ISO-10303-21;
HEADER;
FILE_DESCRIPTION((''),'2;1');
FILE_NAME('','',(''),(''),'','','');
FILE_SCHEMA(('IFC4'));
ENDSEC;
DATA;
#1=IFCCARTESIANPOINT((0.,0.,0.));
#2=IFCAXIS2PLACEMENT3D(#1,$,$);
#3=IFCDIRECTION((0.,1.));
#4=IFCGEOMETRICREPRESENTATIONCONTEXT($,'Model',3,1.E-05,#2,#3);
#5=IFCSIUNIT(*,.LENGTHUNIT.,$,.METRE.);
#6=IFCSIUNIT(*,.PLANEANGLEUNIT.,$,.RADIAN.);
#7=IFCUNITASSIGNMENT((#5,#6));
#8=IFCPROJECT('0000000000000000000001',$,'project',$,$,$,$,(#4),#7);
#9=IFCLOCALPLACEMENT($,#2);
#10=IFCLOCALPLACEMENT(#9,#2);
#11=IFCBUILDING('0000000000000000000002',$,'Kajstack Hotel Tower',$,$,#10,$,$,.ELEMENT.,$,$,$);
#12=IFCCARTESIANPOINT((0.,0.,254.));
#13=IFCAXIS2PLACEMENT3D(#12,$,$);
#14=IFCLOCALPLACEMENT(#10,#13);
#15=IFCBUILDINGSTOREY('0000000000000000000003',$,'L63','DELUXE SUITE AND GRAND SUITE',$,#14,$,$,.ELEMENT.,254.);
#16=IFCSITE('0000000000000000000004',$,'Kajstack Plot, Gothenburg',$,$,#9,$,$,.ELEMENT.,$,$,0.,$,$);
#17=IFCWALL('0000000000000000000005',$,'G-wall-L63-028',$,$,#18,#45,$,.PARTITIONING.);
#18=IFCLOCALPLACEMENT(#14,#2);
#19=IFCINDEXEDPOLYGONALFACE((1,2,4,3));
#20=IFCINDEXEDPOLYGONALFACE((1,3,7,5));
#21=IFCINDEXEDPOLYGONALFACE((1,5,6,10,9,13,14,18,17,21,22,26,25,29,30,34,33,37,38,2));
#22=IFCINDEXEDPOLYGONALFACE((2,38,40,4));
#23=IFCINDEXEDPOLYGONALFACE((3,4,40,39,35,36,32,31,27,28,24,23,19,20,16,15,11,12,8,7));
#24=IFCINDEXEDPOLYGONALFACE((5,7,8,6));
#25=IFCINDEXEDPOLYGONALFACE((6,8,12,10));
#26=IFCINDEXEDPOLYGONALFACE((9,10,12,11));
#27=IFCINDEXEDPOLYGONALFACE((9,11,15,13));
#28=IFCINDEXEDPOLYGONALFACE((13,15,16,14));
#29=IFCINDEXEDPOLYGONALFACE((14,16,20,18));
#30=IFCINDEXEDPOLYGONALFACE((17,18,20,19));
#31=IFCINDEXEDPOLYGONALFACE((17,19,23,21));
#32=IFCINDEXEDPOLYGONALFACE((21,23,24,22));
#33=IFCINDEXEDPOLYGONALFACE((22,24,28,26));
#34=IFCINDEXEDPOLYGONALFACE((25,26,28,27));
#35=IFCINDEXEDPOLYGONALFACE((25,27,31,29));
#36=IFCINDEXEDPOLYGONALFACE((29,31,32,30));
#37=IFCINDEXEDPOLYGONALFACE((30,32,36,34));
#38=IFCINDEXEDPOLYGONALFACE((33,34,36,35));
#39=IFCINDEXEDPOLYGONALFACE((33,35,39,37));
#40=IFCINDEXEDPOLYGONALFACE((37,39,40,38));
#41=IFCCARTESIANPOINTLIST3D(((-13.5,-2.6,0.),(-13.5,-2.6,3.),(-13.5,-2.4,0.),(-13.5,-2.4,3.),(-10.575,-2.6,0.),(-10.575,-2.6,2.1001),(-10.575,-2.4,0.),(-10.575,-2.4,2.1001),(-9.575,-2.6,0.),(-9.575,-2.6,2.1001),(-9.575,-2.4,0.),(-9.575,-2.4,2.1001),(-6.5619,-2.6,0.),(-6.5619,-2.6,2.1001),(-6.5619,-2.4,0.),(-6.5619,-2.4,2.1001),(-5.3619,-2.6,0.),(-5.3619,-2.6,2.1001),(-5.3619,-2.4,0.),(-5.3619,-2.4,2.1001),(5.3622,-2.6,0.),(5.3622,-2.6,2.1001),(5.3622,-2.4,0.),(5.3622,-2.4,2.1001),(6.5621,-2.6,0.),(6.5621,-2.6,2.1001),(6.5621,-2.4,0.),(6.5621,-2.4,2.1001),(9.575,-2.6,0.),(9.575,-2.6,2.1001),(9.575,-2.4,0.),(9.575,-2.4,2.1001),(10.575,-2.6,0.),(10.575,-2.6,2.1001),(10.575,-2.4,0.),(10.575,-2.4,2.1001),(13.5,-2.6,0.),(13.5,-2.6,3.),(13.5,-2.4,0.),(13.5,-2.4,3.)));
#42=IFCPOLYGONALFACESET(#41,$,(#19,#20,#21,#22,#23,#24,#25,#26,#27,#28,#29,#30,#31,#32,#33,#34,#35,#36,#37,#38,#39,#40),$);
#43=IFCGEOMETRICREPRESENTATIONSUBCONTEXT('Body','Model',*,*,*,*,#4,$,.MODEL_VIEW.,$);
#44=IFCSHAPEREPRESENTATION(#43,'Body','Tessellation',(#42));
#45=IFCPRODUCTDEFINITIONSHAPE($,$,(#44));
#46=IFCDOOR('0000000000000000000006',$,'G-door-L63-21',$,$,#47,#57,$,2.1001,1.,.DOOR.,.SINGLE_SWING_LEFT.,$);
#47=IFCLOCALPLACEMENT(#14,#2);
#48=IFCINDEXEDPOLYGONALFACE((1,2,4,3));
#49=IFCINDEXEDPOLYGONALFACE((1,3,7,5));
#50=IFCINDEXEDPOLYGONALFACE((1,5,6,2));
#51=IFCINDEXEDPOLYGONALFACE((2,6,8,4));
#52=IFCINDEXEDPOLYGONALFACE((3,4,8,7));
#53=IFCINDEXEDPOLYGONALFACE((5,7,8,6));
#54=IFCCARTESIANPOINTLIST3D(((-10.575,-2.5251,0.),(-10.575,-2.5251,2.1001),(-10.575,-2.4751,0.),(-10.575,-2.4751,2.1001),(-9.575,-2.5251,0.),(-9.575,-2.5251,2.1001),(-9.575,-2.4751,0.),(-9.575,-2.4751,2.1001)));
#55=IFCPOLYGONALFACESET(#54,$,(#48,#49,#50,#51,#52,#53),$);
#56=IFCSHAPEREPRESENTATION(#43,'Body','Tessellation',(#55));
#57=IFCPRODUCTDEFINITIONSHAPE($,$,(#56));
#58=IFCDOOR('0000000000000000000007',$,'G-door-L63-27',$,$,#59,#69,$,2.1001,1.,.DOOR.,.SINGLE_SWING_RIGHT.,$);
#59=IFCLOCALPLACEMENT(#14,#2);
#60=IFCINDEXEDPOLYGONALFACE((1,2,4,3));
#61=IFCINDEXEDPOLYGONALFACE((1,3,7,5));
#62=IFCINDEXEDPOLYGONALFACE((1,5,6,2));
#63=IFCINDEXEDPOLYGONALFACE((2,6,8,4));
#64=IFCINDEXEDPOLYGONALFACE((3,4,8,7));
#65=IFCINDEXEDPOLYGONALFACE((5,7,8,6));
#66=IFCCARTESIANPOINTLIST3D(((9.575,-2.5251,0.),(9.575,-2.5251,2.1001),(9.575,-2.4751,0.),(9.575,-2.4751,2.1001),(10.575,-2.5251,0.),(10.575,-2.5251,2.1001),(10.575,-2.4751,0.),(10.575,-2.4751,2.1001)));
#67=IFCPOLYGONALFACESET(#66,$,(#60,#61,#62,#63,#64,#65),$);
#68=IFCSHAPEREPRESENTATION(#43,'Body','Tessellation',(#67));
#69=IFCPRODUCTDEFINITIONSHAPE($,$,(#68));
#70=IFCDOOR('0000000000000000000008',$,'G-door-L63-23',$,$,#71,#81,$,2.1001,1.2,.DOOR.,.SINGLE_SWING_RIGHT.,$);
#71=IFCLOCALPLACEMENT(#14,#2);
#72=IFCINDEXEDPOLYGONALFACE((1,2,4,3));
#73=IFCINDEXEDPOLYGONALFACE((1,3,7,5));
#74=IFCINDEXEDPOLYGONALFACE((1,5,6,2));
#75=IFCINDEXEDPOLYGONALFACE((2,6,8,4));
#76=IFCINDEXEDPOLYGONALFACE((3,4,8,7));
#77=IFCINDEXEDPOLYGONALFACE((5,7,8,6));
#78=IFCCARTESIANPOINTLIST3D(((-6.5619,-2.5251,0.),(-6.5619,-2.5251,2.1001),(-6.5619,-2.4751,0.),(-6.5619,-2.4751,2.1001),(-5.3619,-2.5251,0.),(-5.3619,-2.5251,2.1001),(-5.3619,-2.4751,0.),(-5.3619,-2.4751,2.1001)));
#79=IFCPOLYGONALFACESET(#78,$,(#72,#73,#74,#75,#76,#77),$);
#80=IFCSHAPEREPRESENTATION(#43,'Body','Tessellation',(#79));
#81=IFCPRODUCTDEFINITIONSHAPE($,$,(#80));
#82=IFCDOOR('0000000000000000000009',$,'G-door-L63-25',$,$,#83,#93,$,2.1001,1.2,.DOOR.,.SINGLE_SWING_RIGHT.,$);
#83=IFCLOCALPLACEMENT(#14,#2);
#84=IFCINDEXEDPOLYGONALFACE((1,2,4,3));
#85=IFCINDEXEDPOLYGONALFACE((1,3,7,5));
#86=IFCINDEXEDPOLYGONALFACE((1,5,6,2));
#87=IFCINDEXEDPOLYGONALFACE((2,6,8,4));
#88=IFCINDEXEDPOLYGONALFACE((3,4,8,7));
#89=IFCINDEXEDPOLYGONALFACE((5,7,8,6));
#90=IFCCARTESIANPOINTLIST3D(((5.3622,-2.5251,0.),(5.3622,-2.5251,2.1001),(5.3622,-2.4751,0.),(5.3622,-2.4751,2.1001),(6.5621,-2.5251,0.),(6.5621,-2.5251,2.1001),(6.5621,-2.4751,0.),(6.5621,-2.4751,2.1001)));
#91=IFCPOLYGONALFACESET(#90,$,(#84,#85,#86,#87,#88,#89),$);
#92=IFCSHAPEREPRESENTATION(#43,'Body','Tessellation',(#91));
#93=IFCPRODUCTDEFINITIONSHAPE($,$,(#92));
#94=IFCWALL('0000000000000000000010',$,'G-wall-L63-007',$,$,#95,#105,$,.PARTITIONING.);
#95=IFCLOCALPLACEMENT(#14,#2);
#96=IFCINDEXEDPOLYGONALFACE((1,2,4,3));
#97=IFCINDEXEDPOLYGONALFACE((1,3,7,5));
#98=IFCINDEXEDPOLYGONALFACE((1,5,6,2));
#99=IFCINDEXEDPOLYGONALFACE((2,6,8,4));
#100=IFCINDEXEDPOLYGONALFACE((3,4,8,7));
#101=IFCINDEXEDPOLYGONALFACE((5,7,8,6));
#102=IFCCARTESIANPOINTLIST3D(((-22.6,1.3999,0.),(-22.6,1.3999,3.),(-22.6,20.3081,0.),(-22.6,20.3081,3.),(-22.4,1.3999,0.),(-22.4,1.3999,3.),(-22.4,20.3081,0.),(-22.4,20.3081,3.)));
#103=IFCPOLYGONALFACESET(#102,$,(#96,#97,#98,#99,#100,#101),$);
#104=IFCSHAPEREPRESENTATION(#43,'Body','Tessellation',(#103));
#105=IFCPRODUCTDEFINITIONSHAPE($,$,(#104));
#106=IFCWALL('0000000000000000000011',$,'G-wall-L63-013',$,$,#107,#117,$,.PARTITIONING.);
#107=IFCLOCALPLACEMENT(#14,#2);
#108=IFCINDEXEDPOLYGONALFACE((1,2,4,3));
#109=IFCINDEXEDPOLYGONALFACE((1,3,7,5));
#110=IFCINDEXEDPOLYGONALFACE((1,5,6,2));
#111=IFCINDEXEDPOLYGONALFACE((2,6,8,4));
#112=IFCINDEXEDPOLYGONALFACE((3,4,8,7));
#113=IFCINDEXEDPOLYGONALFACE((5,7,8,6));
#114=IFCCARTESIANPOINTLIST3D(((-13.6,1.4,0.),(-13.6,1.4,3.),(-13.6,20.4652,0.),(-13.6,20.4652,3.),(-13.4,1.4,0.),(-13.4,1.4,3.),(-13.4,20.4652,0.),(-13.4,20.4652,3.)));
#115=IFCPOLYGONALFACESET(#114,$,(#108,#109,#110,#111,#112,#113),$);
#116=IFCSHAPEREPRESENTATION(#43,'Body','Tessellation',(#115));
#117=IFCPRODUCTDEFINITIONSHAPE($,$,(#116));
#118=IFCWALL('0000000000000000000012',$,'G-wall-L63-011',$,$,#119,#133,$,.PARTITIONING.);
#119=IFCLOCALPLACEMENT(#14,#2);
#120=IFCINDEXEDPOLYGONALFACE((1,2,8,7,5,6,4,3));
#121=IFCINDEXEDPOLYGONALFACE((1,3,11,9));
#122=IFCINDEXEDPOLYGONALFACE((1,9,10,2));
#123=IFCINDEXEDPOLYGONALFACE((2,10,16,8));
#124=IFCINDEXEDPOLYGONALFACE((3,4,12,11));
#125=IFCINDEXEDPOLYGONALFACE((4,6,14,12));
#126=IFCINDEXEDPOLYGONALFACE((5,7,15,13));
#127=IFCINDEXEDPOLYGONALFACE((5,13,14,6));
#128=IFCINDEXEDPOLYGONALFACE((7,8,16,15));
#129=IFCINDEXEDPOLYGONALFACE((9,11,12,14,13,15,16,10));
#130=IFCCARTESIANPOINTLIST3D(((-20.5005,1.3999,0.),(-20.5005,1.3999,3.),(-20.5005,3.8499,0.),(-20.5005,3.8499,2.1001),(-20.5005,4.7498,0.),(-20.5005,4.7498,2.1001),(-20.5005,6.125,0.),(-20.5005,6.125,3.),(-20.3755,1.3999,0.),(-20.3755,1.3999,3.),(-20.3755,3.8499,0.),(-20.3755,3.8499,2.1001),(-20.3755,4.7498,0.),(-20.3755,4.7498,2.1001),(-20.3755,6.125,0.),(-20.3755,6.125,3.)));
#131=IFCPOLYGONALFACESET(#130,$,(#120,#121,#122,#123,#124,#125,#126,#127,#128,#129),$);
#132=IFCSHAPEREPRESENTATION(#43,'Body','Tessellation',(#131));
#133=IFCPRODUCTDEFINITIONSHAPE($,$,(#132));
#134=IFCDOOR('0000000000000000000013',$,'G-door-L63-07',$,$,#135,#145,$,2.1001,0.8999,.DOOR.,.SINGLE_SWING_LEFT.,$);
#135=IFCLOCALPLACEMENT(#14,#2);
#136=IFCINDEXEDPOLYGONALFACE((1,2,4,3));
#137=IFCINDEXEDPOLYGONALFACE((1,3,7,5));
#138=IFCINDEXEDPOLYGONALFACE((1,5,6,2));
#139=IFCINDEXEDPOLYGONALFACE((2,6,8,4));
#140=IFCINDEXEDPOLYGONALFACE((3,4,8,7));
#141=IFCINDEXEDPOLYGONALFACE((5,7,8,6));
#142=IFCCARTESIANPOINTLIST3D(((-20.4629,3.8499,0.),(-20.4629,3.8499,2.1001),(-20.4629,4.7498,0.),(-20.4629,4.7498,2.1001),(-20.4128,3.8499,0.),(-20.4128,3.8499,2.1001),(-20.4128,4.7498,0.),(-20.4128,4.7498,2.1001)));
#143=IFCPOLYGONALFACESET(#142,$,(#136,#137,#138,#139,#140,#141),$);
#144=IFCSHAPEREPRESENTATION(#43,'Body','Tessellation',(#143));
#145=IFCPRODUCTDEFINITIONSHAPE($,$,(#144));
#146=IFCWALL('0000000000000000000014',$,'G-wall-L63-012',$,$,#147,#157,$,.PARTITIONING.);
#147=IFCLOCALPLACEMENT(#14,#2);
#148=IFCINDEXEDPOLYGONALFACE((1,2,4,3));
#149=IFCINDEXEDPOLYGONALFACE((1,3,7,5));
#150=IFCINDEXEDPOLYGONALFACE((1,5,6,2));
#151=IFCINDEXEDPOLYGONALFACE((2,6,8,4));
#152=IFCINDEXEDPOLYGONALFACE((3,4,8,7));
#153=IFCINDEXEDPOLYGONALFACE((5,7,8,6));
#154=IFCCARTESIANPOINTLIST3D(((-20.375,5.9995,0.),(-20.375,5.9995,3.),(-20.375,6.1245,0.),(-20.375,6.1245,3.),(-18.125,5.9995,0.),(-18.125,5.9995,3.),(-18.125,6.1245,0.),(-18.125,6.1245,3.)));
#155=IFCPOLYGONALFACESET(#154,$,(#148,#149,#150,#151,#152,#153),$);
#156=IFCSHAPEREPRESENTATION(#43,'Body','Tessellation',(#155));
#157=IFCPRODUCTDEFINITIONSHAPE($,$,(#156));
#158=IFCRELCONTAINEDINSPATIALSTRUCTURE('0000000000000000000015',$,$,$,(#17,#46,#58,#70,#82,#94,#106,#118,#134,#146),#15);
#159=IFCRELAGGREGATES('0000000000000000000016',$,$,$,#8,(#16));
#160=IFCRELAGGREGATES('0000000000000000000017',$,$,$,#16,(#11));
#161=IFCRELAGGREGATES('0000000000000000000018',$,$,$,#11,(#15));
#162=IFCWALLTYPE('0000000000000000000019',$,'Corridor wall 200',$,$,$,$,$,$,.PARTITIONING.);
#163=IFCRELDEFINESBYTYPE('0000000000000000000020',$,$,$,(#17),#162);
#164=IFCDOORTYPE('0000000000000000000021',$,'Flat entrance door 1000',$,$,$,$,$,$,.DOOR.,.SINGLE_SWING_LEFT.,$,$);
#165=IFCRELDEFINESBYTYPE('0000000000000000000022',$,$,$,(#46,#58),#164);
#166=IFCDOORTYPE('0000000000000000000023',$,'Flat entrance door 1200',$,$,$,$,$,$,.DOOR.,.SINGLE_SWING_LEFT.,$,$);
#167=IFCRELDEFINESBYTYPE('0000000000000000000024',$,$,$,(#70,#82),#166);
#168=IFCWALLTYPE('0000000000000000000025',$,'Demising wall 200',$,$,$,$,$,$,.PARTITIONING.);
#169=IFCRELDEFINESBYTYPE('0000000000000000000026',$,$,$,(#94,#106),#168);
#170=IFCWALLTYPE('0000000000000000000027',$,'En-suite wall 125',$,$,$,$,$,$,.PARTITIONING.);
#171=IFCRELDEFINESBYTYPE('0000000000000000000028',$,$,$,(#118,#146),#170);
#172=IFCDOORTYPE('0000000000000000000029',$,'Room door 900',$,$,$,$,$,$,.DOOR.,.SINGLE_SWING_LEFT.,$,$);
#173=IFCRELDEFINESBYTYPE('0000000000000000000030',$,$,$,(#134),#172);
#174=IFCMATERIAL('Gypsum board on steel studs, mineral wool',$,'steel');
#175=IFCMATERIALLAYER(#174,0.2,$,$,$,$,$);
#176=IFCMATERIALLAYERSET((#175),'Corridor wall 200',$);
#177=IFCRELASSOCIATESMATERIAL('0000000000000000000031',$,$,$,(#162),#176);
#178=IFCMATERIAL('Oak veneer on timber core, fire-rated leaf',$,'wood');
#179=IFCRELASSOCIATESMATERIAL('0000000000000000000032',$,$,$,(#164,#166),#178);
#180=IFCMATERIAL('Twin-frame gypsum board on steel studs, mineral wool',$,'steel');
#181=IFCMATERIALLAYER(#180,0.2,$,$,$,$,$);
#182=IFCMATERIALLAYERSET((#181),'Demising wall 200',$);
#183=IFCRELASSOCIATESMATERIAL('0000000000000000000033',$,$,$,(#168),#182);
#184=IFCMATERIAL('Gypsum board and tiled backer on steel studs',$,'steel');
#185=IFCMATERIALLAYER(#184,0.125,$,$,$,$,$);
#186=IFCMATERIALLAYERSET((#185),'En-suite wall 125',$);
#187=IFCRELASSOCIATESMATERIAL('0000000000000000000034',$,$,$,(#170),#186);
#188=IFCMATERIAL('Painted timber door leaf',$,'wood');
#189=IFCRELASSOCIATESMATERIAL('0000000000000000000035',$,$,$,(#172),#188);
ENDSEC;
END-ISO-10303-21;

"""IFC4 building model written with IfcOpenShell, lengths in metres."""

from ifc_helpers import new_model, si_unit, direction, frame, frame_2d, origin, place, context, subcontext, project, spatial, rectangle, extrude, material, layer, layer_set, type_object, element, fill, save


model = new_model("IFC4")

# Units and contexts
model_context = context("Model", 3, precision=1e-05, world=origin(), true_north=direction((0.0, 1.0)))
body_context = subcontext(model_context, "Body", "Model", "MODEL_VIEW")
ifc_project = project(units=[si_unit("LENGTHUNIT", "METRE"), si_unit("PLANEANGLEUNIT", "RADIAN")], contexts=[model_context])

# Site, building, storey
site_placement = place(None, origin())
site = spatial("IfcSite", under=ifc_project, at=site_placement, Name="Kajstack Plot, Gothenburg", CompositionType="ELEMENT", RefElevation=0.0)
building_placement = place(site_placement, origin())
building = spatial("IfcBuilding", under=site, at=building_placement, Name="Kajstack Hotel Tower", CompositionType="ELEMENT")
storey_placement = place(building_placement, frame((0.0, 0.0, 254.0)))
storey = spatial("IfcBuildingStorey", under=building, at=storey_placement, Name="L63", Description="DELUXE SUITE AND GRAND SUITE", CompositionType="ELEMENT", Elevation=254.0)

# Wall, openings, doors
ifc_material_1 = material(Name="Gypsum board on steel studs, mineral wool", Category="steel")
ifc_layer_1 = layer(ifc_material_1, 0.2)
ifc_layer_set_1 = layer_set([ifc_layer_1], Name="Corridor wall 200")
wall_type_1 = type_object("IfcWallType", Name="Corridor wall 200", PredefinedType="PARTITIONING", material=ifc_layer_set_1)
ifc_material_2 = material(Name="Oak veneer on timber core, fire-rated leaf", Category="wood")
door_type_1 = type_object("IfcDoorType", Name="Flat entrance door 1000", OperationType="SINGLE_SWING_LEFT", PredefinedType="DOOR", material=ifc_material_2)
door_type_2 = type_object("IfcDoorType", Name="Flat entrance door 1200", OperationType="SINGLE_SWING_LEFT", PredefinedType="DOOR", material=ifc_material_2)
wall_1_placement = place(storey_placement, frame((-13.5, -2.5, 0.0), z_axis=(0.0, 0.0, 1.0), x_axis=(1.0, 0.0, 0.0)))
wall_1 = element("IfcWall", 1, at=wall_1_placement, inside=storey, type_object=wall_type_1, Name="G-wall-L63-028", PredefinedType="PARTITIONING", context=body_context, shape_type="SweptSolid", body=[
    extrude(rectangle(XDim=27.0, YDim=0.2, at=frame_2d((13.5, 0.0))), origin(), (0.0, 0.0, 1.0), 3.0),
])
opening_1_placement = place(wall_1_placement, frame((2.925, 0.0, 0.0)))
opening_1 = element("IfcOpeningElement", 2, at=opening_1_placement, cuts=wall_1, PredefinedType="OPENING", context=body_context, shape_type="SweptSolid", body=[
    extrude(rectangle(XDim=1.0, YDim=2.1001, at=frame_2d((0.5, 1.05))), frame((0.0, 0.1099, 0.0), z_axis=(0.0, -1.0, 0.0), x_axis=(1.0, 0.0, 0.0)), (0.0, 0.0, 1.0), 0.22),
])
opening_2_placement = place(wall_1_placement, frame((6.938, 0.0, 0.0)))
opening_2 = element("IfcOpeningElement", 3, at=opening_2_placement, cuts=wall_1, PredefinedType="OPENING", context=body_context, shape_type="SweptSolid", body=[
    extrude(rectangle(XDim=1.2, YDim=2.1001, at=frame_2d((0.6001, 1.05))), frame((0.0, 0.1099, 0.0), z_axis=(0.0, -1.0, 0.0), x_axis=(1.0, 0.0, 0.0)), (0.0, 0.0, 1.0), 0.22),
])
opening_3_placement = place(wall_1_placement, frame((18.8621, 0.0, 0.0)))
opening_3 = element("IfcOpeningElement", 4, at=opening_3_placement, cuts=wall_1, PredefinedType="OPENING", context=body_context, shape_type="SweptSolid", body=[
    extrude(rectangle(XDim=1.2, YDim=2.1001, at=frame_2d((0.6001, 1.05))), frame((0.0, 0.1099, 0.0), z_axis=(0.0, -1.0, 0.0), x_axis=(1.0, 0.0, 0.0)), (0.0, 0.0, 1.0), 0.22),
])
opening_4_placement = place(wall_1_placement, frame((23.075, 0.0, 0.0)))
opening_4 = element("IfcOpeningElement", 5, at=opening_4_placement, cuts=wall_1, PredefinedType="OPENING", context=body_context, shape_type="SweptSolid", body=[
    extrude(rectangle(XDim=1.0, YDim=2.1001, at=frame_2d((0.5, 1.05))), frame((0.0, 0.1099, 0.0), z_axis=(0.0, -1.0, 0.0), x_axis=(1.0, 0.0, 0.0)), (0.0, 0.0, 1.0), 0.22),
])
door_1_placement = place(opening_1_placement, origin())
door_1 = element("IfcDoor", 6, at=door_1_placement, inside=storey, type_object=door_type_1, Name="G-door-L63-21", OperationType="SINGLE_SWING_LEFT", OverallHeight=2.1001, OverallWidth=1.0, PredefinedType="DOOR", context=body_context, shape_type="SweptSolid", body=[
    extrude(rectangle(XDim=1.0, YDim=2.1001, at=frame_2d((0.5, 1.05))), frame((0.0, 0.0249, 0.0), z_axis=(0.0, -1.0, 0.0), x_axis=(1.0, 0.0, 0.0)), (0.0, 0.0, 1.0), 0.05),
])
fill(opening_1, door_1)
door_2_placement = place(opening_4_placement, origin())
door_2 = element("IfcDoor", 7, at=door_2_placement, inside=storey, type_object=door_type_1, Name="G-door-L63-27", OperationType="SINGLE_SWING_RIGHT", OverallHeight=2.1001, OverallWidth=1.0, PredefinedType="DOOR", context=body_context, shape_type="SweptSolid", body=[
    extrude(rectangle(XDim=1.0, YDim=2.1001, at=frame_2d((0.5, 1.05))), frame((0.0, 0.0249, 0.0), z_axis=(0.0, -1.0, 0.0), x_axis=(1.0, 0.0, 0.0)), (0.0, 0.0, 1.0), 0.05),
])
fill(opening_4, door_2)
door_3_placement = place(opening_2_placement, origin())
door_3 = element("IfcDoor", 8, at=door_3_placement, inside=storey, type_object=door_type_2, Name="G-door-L63-23", OperationType="SINGLE_SWING_RIGHT", OverallHeight=2.1001, OverallWidth=1.2, PredefinedType="DOOR", context=body_context, shape_type="SweptSolid", body=[
    extrude(rectangle(XDim=1.2, YDim=2.1001, at=frame_2d((0.6001, 1.05))), frame((0.0, 0.0249, 0.0), z_axis=(0.0, -1.0, 0.0), x_axis=(1.0, 0.0, 0.0)), (0.0, 0.0, 1.0), 0.05),
])
fill(opening_2, door_3)
door_4_placement = place(opening_3_placement, origin())
door_4 = element("IfcDoor", 9, at=door_4_placement, inside=storey, type_object=door_type_2, Name="G-door-L63-25", OperationType="SINGLE_SWING_RIGHT", OverallHeight=2.1001, OverallWidth=1.2, PredefinedType="DOOR", context=body_context, shape_type="SweptSolid", body=[
    extrude(rectangle(XDim=1.2, YDim=2.1001, at=frame_2d((0.6001, 1.05))), frame((0.0, 0.0249, 0.0), z_axis=(0.0, -1.0, 0.0), x_axis=(1.0, 0.0, 0.0)), (0.0, 0.0, 1.0), 0.05),
])
fill(opening_3, door_4)

# Walls
ifc_material_3 = material(Name="Twin-frame gypsum board on steel studs, mineral wool", Category="steel")
ifc_layer_2 = layer(ifc_material_3, 0.2)
ifc_layer_set_2 = layer_set([ifc_layer_2], Name="Demising wall 200")
wall_type_2 = type_object("IfcWallType", Name="Demising wall 200", PredefinedType="PARTITIONING", material=ifc_layer_set_2)
wall_2_placement = place(storey_placement, frame((-22.5, 1.3999, 0.0), z_axis=(0.0, 0.0, 1.0), x_axis=(0.0, 1.0, 0.0)))
element("IfcWall", 10, at=wall_2_placement, inside=storey, type_object=wall_type_2, Name="G-wall-L63-007", PredefinedType="PARTITIONING", context=body_context, shape_type="SweptSolid", body=[
    extrude(rectangle(XDim=18.9082, YDim=0.2, at=frame_2d((9.4541, 0.0))), origin(), (0.0, 0.0, 1.0), 3.0),
])
wall_3_placement = place(storey_placement, frame((-13.5, 1.3999, 0.0), z_axis=(0.0, 0.0, 1.0), x_axis=(0.0, 1.0, 0.0)))
element("IfcWall", 11, at=wall_3_placement, inside=storey, type_object=wall_type_2, Name="G-wall-L63-013", PredefinedType="PARTITIONING", context=body_context, shape_type="SweptSolid", body=[
    extrude(rectangle(XDim=19.0652, YDim=0.2, at=frame_2d((9.5327, 0.0))), origin(), (0.0, 0.0, 1.0), 3.0),
])

# Wall, opening, door
ifc_material_4 = material(Name="Gypsum board and tiled backer on steel studs", Category="steel")
ifc_layer_3 = layer(ifc_material_4, 0.125)
ifc_layer_set_3 = layer_set([ifc_layer_3], Name="En-suite wall 125")
wall_type_3 = type_object("IfcWallType", Name="En-suite wall 125", PredefinedType="PARTITIONING", material=ifc_layer_set_3)
wall_4_placement = place(storey_placement, frame((-20.438, 1.3999, 0.0), z_axis=(0.0, 0.0, 1.0), x_axis=(0.0, 1.0, 0.0)))
wall_4 = element("IfcWall", 12, at=wall_4_placement, inside=storey, type_object=wall_type_3, Name="G-wall-L63-011", PredefinedType="PARTITIONING", context=body_context, shape_type="SweptSolid", body=[
    extrude(rectangle(XDim=4.7251, YDim=0.125, at=frame_2d((2.3625, 0.0))), origin(), (0.0, 0.0, 1.0), 3.0),
])
opening_5_placement = place(wall_4_placement, frame((2.45, 0.0, 0.0)))
opening_5 = element("IfcOpeningElement", 13, at=opening_5_placement, cuts=wall_4, PredefinedType="OPENING", context=body_context, shape_type="SweptSolid", body=[
    extrude(rectangle(XDim=0.8999, YDim=2.1001, at=frame_2d((0.45, 1.05))), frame((0.0, 0.0725, 0.0), z_axis=(0.0, -1.0, 0.0), x_axis=(1.0, 0.0, 0.0)), (0.0, 0.0, 1.0), 0.145),
])
ifc_material_5 = material(Name="Painted timber door leaf", Category="wood")
door_type_3 = type_object("IfcDoorType", Name="Room door 900", OperationType="SINGLE_SWING_LEFT", PredefinedType="DOOR", material=ifc_material_5)
door_5_placement = place(opening_5_placement, origin())
door_5 = element("IfcDoor", 14, at=door_5_placement, inside=storey, type_object=door_type_3, Name="G-door-L63-07", OperationType="SINGLE_SWING_LEFT", OverallHeight=2.1001, OverallWidth=0.8999, PredefinedType="DOOR", context=body_context, shape_type="SweptSolid", body=[
    extrude(rectangle(XDim=0.8999, YDim=2.1001, at=frame_2d((0.45, 1.05))), frame((0.0, 0.0249, 0.0), z_axis=(0.0, -1.0, 0.0), x_axis=(1.0, 0.0, 0.0)), (0.0, 0.0, 1.0), 0.05),
])
fill(opening_5, door_5)

# Wall
wall_5_placement = place(storey_placement, frame((-20.375, 6.062, 0.0), z_axis=(0.0, 0.0, 1.0), x_axis=(1.0, 0.0, 0.0)))
element("IfcWall", 15, at=wall_5_placement, inside=storey, type_object=wall_type_3, Name="G-wall-L63-012", PredefinedType="PARTITIONING", context=body_context, shape_type="SweptSolid", body=[
    extrude(rectangle(XDim=2.25, YDim=0.125, at=frame_2d((1.125, 0.0))), origin(), (0.0, 0.0, 1.0), 3.0),
])

save(model, "model.ifc")
